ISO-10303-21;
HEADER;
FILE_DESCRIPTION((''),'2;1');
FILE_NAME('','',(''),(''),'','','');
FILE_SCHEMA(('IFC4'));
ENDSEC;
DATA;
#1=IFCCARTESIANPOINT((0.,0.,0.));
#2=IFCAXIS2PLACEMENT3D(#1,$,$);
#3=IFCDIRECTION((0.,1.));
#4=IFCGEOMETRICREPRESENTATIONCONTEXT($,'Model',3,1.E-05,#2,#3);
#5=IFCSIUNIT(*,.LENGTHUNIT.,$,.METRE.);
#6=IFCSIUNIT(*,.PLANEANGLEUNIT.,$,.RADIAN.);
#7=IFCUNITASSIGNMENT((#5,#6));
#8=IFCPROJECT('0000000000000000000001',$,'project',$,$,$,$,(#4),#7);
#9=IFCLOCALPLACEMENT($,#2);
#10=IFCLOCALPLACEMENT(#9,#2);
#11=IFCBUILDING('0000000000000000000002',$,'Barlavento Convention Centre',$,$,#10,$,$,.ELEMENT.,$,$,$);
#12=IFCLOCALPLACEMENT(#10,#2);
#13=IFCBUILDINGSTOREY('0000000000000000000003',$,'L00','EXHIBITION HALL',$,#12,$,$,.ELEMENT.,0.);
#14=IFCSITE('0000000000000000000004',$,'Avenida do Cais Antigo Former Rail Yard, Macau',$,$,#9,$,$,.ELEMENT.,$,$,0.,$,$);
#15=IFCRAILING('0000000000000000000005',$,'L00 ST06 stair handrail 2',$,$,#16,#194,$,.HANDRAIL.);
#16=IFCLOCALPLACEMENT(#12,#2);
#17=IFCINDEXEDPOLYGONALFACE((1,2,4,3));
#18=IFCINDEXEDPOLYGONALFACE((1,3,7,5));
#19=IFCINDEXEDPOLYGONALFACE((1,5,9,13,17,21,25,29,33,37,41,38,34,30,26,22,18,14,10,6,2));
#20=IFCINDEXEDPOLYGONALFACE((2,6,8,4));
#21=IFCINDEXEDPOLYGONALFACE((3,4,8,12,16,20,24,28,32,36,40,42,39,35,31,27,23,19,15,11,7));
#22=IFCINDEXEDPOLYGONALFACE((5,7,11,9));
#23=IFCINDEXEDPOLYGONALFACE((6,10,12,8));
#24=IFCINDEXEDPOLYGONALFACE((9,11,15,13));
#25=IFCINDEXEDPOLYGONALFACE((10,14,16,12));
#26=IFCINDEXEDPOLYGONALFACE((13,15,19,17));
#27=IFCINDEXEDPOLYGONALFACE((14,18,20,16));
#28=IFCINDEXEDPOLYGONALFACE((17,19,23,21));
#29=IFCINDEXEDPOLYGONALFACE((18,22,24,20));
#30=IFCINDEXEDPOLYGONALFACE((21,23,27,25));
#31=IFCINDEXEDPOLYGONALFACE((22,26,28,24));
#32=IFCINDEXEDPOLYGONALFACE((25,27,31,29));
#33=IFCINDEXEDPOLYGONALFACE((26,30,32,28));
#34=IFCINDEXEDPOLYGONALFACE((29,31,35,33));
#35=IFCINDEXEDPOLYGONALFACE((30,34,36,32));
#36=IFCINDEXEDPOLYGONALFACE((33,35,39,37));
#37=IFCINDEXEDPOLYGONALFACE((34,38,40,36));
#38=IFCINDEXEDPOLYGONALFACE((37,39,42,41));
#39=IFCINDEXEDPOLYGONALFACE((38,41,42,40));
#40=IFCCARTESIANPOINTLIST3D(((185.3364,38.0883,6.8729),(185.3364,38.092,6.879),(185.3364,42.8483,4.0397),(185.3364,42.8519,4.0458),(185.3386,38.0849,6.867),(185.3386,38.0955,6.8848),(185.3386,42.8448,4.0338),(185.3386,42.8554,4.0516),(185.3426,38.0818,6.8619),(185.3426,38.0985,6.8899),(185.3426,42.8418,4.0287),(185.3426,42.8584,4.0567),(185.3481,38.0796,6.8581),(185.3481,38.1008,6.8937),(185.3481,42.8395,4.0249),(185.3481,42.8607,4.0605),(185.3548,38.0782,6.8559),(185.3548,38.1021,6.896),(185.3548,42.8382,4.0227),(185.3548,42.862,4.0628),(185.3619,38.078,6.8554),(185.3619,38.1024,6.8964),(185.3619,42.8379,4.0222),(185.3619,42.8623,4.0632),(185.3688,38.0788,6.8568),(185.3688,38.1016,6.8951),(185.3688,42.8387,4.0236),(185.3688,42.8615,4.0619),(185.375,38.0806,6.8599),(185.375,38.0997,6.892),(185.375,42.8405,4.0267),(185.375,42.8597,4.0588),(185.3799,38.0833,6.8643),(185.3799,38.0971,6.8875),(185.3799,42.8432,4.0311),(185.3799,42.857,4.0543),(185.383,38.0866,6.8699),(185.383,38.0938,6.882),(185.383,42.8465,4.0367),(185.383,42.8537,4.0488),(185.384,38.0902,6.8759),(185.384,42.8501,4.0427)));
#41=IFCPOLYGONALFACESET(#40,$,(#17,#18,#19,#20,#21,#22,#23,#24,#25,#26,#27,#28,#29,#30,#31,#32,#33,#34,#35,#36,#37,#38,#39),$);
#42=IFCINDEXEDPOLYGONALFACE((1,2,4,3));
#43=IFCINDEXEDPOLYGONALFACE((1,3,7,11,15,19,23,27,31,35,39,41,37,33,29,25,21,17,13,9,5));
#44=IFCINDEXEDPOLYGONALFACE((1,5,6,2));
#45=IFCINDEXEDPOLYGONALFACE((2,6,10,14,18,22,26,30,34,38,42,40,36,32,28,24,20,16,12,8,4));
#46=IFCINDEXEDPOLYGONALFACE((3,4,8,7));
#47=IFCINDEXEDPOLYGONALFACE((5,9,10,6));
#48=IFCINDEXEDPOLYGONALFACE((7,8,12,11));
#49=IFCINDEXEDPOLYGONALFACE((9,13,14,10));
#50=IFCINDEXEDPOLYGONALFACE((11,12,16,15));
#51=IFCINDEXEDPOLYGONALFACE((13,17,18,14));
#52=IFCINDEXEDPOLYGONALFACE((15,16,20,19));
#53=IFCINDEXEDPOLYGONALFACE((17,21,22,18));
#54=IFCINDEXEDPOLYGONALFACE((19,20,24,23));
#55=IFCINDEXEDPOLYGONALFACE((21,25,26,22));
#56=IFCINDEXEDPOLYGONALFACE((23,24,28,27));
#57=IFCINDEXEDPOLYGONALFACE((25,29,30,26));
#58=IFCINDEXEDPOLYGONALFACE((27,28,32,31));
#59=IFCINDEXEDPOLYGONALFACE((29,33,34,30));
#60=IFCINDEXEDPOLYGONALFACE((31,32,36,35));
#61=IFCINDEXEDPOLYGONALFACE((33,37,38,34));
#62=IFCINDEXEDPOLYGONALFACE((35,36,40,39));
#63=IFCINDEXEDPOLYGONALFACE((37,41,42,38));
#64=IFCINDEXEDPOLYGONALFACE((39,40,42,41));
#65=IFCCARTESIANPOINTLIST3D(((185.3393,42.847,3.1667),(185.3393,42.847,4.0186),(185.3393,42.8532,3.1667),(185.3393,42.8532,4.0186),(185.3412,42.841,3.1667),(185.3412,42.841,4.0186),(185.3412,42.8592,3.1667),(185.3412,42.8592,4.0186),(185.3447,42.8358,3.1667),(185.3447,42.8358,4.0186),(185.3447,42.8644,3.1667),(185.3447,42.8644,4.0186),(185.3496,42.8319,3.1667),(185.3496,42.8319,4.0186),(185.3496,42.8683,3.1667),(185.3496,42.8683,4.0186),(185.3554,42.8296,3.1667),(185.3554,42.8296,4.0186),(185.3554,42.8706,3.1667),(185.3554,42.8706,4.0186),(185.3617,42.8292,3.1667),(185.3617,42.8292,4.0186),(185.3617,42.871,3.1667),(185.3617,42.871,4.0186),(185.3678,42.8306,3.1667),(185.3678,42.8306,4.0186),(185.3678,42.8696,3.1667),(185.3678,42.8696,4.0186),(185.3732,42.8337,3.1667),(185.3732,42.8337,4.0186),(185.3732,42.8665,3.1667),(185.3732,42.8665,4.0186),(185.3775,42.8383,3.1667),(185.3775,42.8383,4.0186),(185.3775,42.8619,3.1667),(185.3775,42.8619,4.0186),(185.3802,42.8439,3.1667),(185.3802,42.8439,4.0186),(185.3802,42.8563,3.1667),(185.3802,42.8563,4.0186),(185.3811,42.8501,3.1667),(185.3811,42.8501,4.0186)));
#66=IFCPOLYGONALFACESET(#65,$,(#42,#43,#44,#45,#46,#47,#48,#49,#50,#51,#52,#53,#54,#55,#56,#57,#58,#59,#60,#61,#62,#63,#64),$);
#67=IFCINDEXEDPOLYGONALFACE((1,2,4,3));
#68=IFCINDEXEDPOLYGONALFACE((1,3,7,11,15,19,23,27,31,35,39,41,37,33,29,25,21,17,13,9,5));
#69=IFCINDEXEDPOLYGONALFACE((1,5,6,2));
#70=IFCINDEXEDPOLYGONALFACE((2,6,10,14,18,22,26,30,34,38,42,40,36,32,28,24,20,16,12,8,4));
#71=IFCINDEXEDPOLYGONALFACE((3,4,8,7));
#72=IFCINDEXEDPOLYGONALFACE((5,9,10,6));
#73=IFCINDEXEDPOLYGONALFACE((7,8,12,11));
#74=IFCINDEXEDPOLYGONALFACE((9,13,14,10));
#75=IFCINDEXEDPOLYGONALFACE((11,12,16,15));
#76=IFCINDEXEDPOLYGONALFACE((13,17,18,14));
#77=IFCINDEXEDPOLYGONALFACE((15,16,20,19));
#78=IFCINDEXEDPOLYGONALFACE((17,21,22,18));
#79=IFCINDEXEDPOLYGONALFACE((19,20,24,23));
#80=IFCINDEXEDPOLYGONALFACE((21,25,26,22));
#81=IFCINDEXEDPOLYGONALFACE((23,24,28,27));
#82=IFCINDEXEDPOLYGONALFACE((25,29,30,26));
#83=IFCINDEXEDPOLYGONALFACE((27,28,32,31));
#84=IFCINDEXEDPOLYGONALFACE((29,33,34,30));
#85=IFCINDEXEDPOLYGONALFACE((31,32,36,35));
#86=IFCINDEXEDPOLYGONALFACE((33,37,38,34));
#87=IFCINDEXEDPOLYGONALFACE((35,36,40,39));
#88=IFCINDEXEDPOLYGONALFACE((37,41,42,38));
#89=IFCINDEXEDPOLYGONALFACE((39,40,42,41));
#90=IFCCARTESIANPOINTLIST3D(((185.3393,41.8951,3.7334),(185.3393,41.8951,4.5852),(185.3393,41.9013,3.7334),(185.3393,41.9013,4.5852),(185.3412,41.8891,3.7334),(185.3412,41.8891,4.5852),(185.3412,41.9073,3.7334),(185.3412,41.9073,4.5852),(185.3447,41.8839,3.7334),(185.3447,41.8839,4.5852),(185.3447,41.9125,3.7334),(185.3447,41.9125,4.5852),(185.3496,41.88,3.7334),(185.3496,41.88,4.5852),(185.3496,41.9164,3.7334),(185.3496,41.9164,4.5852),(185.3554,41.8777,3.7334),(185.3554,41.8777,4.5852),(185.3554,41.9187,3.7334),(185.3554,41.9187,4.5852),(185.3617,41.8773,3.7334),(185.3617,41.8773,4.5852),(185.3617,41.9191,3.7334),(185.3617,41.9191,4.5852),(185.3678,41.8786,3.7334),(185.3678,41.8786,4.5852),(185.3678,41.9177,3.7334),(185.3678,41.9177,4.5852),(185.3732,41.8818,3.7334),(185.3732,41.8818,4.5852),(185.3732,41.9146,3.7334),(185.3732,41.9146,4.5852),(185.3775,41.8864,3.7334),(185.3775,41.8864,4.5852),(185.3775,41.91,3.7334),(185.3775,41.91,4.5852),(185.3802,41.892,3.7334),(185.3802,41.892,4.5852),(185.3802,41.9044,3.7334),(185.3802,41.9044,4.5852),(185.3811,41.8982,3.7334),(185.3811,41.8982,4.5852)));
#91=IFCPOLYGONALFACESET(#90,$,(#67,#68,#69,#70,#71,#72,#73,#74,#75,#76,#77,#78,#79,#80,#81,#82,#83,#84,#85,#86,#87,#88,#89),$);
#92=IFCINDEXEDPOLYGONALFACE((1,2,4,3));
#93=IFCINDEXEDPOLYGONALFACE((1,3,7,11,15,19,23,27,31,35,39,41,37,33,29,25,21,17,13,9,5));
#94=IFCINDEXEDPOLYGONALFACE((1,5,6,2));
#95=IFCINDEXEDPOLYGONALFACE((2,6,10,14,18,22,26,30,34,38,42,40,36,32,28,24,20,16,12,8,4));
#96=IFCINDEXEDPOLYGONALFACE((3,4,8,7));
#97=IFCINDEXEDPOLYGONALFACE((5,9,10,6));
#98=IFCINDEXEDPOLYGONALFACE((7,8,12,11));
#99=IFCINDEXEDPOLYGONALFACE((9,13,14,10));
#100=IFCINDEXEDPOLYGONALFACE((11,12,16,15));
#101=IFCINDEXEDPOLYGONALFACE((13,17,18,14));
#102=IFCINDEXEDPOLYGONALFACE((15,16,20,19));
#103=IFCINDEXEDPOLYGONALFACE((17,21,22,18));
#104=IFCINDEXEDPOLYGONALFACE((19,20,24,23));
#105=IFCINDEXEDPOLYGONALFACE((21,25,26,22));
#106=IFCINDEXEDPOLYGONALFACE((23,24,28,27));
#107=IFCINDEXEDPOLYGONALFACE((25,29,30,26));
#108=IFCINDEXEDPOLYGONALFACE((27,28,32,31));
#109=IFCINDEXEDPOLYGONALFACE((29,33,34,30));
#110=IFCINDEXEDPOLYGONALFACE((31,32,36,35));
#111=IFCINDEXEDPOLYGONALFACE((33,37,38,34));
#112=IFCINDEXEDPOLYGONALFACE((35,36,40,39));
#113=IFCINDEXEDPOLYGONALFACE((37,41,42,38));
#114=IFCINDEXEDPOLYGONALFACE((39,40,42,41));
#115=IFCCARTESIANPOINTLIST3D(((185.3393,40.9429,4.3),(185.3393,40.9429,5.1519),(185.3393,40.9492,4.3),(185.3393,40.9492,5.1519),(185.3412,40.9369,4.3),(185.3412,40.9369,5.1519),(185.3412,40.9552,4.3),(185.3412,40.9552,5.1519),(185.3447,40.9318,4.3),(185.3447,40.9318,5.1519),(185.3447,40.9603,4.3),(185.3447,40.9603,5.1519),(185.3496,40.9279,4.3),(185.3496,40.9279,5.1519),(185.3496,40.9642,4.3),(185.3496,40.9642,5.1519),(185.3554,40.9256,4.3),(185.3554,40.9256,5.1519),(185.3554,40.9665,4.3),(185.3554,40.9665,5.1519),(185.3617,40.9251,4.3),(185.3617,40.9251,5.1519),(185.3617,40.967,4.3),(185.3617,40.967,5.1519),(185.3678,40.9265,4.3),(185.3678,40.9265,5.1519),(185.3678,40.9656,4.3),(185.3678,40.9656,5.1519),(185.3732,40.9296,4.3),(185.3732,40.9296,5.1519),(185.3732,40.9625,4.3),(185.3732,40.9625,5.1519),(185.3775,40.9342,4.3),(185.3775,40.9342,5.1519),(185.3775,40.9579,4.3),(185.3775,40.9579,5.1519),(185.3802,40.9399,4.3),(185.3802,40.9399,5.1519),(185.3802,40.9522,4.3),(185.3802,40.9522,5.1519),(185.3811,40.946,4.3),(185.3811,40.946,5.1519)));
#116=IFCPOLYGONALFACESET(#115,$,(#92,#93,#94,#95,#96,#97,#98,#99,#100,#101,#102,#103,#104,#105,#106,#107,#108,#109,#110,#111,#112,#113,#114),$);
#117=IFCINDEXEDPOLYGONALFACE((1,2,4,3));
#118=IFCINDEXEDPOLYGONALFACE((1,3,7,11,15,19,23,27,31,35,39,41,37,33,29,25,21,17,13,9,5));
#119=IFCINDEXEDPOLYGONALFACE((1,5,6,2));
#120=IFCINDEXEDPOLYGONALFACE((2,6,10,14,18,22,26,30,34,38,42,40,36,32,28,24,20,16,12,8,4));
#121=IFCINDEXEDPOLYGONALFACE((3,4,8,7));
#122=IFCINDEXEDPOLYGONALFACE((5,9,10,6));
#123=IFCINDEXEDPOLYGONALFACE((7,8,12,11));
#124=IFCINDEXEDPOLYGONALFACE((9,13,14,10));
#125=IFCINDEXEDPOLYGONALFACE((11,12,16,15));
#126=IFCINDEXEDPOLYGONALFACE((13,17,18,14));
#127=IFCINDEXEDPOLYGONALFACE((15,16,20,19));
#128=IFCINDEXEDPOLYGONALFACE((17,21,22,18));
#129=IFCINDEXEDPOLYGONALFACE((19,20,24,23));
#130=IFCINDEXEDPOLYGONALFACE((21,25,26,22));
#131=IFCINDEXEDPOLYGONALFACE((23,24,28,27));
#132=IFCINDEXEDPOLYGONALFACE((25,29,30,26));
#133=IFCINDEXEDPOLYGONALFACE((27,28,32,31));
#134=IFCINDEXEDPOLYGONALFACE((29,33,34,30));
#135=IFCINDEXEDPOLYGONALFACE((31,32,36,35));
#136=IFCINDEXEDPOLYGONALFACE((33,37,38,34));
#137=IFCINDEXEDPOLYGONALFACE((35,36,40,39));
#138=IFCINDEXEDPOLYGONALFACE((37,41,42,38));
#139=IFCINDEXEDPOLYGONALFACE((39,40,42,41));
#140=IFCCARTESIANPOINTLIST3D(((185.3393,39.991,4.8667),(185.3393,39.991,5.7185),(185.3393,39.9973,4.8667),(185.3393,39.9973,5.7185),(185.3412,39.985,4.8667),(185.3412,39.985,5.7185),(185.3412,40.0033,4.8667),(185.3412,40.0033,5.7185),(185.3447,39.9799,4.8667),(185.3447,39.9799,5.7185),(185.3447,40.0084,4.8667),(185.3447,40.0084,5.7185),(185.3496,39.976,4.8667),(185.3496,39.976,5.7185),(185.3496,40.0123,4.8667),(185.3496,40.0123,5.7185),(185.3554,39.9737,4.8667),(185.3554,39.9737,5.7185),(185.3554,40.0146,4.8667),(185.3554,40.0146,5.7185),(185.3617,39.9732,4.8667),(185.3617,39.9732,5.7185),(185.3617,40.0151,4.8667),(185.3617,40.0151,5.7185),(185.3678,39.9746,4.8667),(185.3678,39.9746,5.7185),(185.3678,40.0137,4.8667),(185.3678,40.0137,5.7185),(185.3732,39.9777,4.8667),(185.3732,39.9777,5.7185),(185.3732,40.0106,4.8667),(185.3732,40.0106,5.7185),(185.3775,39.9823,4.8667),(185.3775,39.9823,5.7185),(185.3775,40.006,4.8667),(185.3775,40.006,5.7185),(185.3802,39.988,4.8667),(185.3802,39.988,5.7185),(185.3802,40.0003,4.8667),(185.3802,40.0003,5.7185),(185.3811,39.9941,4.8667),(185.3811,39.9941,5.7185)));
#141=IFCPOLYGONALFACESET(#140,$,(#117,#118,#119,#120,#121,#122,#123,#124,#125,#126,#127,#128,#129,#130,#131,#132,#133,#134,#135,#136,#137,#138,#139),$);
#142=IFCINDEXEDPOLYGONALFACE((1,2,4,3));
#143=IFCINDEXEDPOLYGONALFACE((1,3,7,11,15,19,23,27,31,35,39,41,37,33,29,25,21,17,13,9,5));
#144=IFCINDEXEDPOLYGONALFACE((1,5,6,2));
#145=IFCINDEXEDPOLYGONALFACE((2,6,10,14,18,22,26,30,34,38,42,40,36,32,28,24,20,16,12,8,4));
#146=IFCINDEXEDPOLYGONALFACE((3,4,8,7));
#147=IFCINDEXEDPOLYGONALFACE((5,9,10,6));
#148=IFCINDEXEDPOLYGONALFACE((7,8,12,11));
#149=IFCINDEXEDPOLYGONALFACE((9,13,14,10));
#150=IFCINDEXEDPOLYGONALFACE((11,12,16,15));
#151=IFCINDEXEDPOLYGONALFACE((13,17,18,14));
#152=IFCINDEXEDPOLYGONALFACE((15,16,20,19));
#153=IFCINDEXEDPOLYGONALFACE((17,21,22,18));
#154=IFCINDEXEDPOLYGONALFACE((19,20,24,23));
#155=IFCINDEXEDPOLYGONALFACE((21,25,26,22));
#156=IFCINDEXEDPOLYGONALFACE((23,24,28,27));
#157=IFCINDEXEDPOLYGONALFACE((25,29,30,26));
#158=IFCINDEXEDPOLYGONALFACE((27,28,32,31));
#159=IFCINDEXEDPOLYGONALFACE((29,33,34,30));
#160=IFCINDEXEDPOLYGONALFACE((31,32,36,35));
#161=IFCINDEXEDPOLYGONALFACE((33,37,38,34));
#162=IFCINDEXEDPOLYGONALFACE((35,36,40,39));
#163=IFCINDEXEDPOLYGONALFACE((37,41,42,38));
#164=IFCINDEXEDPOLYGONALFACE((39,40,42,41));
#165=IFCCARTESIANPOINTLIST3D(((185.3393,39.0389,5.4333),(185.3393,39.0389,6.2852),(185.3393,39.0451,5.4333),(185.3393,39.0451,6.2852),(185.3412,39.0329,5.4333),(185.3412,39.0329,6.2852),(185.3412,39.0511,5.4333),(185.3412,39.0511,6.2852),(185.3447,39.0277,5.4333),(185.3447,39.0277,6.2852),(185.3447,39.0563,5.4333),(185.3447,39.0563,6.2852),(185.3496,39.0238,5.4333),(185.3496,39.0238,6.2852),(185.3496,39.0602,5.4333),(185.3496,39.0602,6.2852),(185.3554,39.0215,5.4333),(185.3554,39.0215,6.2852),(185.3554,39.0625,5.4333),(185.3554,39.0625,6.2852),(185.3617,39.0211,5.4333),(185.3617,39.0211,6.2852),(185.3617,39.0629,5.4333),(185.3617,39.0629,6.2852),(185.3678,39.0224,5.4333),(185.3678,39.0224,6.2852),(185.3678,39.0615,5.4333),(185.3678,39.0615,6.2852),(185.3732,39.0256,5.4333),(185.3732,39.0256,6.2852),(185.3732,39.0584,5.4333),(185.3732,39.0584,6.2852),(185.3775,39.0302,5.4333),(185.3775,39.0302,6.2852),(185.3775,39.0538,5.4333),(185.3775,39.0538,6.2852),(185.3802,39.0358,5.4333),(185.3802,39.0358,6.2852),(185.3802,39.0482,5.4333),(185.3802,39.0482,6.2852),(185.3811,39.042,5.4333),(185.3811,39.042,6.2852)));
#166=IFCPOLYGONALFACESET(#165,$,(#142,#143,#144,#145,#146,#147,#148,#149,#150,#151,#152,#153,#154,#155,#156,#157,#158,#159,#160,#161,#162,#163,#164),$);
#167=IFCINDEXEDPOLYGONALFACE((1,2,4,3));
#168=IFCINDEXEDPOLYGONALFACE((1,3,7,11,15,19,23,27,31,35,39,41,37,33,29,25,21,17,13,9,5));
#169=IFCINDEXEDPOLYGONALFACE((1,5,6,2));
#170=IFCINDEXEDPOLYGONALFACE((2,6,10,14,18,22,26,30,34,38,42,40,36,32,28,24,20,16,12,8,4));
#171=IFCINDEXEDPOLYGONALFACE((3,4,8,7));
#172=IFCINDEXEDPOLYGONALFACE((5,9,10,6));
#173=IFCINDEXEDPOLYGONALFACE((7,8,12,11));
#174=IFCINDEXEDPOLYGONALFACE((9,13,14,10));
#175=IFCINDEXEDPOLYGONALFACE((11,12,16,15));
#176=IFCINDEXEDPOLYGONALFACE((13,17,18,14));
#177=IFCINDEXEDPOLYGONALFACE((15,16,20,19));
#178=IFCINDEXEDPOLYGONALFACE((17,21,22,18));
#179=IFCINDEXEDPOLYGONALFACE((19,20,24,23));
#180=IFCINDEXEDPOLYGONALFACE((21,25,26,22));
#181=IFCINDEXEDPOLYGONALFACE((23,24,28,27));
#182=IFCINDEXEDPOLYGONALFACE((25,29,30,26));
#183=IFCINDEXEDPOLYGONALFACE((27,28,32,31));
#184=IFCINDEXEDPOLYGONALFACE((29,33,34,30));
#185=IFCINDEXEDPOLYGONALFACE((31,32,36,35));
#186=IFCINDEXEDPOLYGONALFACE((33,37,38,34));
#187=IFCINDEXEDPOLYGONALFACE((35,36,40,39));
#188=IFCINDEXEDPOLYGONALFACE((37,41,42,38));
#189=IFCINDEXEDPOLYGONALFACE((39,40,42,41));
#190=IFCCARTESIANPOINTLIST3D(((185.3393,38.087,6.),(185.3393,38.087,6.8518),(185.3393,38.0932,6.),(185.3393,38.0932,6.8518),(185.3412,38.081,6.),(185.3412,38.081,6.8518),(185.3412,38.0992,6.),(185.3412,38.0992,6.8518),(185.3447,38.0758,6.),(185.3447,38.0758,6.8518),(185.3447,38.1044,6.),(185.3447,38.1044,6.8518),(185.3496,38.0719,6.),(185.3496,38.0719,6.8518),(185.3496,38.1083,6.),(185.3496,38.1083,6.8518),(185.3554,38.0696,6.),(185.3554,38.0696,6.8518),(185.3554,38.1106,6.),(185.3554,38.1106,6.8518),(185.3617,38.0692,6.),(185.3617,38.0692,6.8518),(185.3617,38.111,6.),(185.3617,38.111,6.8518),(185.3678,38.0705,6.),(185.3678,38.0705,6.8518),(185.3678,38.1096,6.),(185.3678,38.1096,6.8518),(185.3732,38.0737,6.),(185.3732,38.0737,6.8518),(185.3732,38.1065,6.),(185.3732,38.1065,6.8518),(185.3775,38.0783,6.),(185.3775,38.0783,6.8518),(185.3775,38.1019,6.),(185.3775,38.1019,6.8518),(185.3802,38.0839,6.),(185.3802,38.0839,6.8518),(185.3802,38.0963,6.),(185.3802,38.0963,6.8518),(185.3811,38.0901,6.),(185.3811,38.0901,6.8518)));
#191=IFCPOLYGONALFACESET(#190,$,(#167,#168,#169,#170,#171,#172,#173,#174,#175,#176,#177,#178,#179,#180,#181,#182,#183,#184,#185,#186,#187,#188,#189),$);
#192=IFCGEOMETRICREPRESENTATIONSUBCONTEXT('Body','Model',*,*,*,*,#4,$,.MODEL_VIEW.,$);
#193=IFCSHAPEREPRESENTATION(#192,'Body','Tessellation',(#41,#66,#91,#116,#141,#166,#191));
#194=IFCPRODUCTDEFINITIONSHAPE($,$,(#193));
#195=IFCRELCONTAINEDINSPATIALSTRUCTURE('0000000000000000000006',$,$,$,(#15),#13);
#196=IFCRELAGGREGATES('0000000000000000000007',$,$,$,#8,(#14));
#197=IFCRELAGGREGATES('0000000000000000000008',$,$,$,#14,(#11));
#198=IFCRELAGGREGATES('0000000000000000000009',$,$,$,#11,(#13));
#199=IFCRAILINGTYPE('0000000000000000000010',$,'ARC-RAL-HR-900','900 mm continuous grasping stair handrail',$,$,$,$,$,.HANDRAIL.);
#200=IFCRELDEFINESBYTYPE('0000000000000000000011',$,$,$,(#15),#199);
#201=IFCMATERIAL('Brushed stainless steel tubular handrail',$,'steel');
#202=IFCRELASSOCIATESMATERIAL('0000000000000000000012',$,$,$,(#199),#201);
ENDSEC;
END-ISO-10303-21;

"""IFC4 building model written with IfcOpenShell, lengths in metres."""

from ifc_helpers import new_model, si_unit, direction, frame, origin, origin_2d, place, context, subcontext, project, spatial, circle, extrude, material, type_object, element, save


model = new_model("IFC4")

# Units and contexts
model_context = context("Model", 3, precision=1e-05, world=origin(), true_north=direction((0.0, 1.0)))
body_context = subcontext(model_context, "Body", "Model", "MODEL_VIEW")
ifc_project = project(units=[si_unit("LENGTHUNIT", "METRE"), si_unit("PLANEANGLEUNIT", "RADIAN")], contexts=[model_context])

# Site, building, storey
site_placement = place(None, origin())
site = spatial("IfcSite", under=ifc_project, at=site_placement, Name="Avenida do Cais Antigo Former Rail Yard, Macau", CompositionType="ELEMENT", RefElevation=0.0)
building_placement = place(site_placement, origin())
building = spatial("IfcBuilding", under=site, at=building_placement, Name="Barlavento Convention Centre", CompositionType="ELEMENT")
storey_placement = place(building_placement, origin())
storey = spatial("IfcBuildingStorey", under=building, at=storey_placement, Name="L00", Description="EXHIBITION HALL", CompositionType="ELEMENT", Elevation=0.0)

# Railing
ifc_material_1 = material(Name="Brushed stainless steel tubular handrail", Category="steel")
railing_type_1 = type_object("IfcRailingType", Name="ARC-RAL-HR-900", Description="900 mm continuous grasping stair handrail", PredefinedType="HANDRAIL", material=ifc_material_1)
railing_1_placement = place(storey_placement, frame((185.3601, 42.8501, 3.1667)))
element("IfcRailing", 1, at=railing_1_placement, inside=storey, type_object=railing_type_1, Name="L00 ST06 stair handrail 2", PredefinedType="HANDRAIL", context=body_context, shape_type="SweptSolid", body=[
    extrude(circle(Radius=0.0239, at=origin_2d()), frame((0.0, 0.0, 0.876), z_axis=(0.0, -0.8593, 0.511472), x_axis=(1.0, 0.0, 0.0)), (0.0, 0.0, 1.0), 5.5393),
    extrude(circle(Radius=0.021, at=origin_2d()), origin(), (0.0, 0.0, 1.0), 0.8518),
    extrude(circle(Radius=0.021, at=origin_2d()), frame((0.0, -0.9519, 0.5667)), (0.0, 0.0, 1.0), 0.8518),
    extrude(circle(Radius=0.021, at=origin_2d()), frame((0.0, -1.9041, 1.1333)), (0.0, 0.0, 1.0), 0.8518),
    extrude(circle(Radius=0.021, at=origin_2d()), frame((0.0, -2.856, 1.7)), (0.0, 0.0, 1.0), 0.8518),
    extrude(circle(Radius=0.021, at=origin_2d()), frame((0.0, -3.8081, 2.2666)), (0.0, 0.0, 1.0), 0.8518),
    extrude(circle(Radius=0.021, at=origin_2d()), frame((0.0, -4.76, 2.8333)), (0.0, 0.0, 1.0), 0.8518),
])

save(model, "model.ifc")
